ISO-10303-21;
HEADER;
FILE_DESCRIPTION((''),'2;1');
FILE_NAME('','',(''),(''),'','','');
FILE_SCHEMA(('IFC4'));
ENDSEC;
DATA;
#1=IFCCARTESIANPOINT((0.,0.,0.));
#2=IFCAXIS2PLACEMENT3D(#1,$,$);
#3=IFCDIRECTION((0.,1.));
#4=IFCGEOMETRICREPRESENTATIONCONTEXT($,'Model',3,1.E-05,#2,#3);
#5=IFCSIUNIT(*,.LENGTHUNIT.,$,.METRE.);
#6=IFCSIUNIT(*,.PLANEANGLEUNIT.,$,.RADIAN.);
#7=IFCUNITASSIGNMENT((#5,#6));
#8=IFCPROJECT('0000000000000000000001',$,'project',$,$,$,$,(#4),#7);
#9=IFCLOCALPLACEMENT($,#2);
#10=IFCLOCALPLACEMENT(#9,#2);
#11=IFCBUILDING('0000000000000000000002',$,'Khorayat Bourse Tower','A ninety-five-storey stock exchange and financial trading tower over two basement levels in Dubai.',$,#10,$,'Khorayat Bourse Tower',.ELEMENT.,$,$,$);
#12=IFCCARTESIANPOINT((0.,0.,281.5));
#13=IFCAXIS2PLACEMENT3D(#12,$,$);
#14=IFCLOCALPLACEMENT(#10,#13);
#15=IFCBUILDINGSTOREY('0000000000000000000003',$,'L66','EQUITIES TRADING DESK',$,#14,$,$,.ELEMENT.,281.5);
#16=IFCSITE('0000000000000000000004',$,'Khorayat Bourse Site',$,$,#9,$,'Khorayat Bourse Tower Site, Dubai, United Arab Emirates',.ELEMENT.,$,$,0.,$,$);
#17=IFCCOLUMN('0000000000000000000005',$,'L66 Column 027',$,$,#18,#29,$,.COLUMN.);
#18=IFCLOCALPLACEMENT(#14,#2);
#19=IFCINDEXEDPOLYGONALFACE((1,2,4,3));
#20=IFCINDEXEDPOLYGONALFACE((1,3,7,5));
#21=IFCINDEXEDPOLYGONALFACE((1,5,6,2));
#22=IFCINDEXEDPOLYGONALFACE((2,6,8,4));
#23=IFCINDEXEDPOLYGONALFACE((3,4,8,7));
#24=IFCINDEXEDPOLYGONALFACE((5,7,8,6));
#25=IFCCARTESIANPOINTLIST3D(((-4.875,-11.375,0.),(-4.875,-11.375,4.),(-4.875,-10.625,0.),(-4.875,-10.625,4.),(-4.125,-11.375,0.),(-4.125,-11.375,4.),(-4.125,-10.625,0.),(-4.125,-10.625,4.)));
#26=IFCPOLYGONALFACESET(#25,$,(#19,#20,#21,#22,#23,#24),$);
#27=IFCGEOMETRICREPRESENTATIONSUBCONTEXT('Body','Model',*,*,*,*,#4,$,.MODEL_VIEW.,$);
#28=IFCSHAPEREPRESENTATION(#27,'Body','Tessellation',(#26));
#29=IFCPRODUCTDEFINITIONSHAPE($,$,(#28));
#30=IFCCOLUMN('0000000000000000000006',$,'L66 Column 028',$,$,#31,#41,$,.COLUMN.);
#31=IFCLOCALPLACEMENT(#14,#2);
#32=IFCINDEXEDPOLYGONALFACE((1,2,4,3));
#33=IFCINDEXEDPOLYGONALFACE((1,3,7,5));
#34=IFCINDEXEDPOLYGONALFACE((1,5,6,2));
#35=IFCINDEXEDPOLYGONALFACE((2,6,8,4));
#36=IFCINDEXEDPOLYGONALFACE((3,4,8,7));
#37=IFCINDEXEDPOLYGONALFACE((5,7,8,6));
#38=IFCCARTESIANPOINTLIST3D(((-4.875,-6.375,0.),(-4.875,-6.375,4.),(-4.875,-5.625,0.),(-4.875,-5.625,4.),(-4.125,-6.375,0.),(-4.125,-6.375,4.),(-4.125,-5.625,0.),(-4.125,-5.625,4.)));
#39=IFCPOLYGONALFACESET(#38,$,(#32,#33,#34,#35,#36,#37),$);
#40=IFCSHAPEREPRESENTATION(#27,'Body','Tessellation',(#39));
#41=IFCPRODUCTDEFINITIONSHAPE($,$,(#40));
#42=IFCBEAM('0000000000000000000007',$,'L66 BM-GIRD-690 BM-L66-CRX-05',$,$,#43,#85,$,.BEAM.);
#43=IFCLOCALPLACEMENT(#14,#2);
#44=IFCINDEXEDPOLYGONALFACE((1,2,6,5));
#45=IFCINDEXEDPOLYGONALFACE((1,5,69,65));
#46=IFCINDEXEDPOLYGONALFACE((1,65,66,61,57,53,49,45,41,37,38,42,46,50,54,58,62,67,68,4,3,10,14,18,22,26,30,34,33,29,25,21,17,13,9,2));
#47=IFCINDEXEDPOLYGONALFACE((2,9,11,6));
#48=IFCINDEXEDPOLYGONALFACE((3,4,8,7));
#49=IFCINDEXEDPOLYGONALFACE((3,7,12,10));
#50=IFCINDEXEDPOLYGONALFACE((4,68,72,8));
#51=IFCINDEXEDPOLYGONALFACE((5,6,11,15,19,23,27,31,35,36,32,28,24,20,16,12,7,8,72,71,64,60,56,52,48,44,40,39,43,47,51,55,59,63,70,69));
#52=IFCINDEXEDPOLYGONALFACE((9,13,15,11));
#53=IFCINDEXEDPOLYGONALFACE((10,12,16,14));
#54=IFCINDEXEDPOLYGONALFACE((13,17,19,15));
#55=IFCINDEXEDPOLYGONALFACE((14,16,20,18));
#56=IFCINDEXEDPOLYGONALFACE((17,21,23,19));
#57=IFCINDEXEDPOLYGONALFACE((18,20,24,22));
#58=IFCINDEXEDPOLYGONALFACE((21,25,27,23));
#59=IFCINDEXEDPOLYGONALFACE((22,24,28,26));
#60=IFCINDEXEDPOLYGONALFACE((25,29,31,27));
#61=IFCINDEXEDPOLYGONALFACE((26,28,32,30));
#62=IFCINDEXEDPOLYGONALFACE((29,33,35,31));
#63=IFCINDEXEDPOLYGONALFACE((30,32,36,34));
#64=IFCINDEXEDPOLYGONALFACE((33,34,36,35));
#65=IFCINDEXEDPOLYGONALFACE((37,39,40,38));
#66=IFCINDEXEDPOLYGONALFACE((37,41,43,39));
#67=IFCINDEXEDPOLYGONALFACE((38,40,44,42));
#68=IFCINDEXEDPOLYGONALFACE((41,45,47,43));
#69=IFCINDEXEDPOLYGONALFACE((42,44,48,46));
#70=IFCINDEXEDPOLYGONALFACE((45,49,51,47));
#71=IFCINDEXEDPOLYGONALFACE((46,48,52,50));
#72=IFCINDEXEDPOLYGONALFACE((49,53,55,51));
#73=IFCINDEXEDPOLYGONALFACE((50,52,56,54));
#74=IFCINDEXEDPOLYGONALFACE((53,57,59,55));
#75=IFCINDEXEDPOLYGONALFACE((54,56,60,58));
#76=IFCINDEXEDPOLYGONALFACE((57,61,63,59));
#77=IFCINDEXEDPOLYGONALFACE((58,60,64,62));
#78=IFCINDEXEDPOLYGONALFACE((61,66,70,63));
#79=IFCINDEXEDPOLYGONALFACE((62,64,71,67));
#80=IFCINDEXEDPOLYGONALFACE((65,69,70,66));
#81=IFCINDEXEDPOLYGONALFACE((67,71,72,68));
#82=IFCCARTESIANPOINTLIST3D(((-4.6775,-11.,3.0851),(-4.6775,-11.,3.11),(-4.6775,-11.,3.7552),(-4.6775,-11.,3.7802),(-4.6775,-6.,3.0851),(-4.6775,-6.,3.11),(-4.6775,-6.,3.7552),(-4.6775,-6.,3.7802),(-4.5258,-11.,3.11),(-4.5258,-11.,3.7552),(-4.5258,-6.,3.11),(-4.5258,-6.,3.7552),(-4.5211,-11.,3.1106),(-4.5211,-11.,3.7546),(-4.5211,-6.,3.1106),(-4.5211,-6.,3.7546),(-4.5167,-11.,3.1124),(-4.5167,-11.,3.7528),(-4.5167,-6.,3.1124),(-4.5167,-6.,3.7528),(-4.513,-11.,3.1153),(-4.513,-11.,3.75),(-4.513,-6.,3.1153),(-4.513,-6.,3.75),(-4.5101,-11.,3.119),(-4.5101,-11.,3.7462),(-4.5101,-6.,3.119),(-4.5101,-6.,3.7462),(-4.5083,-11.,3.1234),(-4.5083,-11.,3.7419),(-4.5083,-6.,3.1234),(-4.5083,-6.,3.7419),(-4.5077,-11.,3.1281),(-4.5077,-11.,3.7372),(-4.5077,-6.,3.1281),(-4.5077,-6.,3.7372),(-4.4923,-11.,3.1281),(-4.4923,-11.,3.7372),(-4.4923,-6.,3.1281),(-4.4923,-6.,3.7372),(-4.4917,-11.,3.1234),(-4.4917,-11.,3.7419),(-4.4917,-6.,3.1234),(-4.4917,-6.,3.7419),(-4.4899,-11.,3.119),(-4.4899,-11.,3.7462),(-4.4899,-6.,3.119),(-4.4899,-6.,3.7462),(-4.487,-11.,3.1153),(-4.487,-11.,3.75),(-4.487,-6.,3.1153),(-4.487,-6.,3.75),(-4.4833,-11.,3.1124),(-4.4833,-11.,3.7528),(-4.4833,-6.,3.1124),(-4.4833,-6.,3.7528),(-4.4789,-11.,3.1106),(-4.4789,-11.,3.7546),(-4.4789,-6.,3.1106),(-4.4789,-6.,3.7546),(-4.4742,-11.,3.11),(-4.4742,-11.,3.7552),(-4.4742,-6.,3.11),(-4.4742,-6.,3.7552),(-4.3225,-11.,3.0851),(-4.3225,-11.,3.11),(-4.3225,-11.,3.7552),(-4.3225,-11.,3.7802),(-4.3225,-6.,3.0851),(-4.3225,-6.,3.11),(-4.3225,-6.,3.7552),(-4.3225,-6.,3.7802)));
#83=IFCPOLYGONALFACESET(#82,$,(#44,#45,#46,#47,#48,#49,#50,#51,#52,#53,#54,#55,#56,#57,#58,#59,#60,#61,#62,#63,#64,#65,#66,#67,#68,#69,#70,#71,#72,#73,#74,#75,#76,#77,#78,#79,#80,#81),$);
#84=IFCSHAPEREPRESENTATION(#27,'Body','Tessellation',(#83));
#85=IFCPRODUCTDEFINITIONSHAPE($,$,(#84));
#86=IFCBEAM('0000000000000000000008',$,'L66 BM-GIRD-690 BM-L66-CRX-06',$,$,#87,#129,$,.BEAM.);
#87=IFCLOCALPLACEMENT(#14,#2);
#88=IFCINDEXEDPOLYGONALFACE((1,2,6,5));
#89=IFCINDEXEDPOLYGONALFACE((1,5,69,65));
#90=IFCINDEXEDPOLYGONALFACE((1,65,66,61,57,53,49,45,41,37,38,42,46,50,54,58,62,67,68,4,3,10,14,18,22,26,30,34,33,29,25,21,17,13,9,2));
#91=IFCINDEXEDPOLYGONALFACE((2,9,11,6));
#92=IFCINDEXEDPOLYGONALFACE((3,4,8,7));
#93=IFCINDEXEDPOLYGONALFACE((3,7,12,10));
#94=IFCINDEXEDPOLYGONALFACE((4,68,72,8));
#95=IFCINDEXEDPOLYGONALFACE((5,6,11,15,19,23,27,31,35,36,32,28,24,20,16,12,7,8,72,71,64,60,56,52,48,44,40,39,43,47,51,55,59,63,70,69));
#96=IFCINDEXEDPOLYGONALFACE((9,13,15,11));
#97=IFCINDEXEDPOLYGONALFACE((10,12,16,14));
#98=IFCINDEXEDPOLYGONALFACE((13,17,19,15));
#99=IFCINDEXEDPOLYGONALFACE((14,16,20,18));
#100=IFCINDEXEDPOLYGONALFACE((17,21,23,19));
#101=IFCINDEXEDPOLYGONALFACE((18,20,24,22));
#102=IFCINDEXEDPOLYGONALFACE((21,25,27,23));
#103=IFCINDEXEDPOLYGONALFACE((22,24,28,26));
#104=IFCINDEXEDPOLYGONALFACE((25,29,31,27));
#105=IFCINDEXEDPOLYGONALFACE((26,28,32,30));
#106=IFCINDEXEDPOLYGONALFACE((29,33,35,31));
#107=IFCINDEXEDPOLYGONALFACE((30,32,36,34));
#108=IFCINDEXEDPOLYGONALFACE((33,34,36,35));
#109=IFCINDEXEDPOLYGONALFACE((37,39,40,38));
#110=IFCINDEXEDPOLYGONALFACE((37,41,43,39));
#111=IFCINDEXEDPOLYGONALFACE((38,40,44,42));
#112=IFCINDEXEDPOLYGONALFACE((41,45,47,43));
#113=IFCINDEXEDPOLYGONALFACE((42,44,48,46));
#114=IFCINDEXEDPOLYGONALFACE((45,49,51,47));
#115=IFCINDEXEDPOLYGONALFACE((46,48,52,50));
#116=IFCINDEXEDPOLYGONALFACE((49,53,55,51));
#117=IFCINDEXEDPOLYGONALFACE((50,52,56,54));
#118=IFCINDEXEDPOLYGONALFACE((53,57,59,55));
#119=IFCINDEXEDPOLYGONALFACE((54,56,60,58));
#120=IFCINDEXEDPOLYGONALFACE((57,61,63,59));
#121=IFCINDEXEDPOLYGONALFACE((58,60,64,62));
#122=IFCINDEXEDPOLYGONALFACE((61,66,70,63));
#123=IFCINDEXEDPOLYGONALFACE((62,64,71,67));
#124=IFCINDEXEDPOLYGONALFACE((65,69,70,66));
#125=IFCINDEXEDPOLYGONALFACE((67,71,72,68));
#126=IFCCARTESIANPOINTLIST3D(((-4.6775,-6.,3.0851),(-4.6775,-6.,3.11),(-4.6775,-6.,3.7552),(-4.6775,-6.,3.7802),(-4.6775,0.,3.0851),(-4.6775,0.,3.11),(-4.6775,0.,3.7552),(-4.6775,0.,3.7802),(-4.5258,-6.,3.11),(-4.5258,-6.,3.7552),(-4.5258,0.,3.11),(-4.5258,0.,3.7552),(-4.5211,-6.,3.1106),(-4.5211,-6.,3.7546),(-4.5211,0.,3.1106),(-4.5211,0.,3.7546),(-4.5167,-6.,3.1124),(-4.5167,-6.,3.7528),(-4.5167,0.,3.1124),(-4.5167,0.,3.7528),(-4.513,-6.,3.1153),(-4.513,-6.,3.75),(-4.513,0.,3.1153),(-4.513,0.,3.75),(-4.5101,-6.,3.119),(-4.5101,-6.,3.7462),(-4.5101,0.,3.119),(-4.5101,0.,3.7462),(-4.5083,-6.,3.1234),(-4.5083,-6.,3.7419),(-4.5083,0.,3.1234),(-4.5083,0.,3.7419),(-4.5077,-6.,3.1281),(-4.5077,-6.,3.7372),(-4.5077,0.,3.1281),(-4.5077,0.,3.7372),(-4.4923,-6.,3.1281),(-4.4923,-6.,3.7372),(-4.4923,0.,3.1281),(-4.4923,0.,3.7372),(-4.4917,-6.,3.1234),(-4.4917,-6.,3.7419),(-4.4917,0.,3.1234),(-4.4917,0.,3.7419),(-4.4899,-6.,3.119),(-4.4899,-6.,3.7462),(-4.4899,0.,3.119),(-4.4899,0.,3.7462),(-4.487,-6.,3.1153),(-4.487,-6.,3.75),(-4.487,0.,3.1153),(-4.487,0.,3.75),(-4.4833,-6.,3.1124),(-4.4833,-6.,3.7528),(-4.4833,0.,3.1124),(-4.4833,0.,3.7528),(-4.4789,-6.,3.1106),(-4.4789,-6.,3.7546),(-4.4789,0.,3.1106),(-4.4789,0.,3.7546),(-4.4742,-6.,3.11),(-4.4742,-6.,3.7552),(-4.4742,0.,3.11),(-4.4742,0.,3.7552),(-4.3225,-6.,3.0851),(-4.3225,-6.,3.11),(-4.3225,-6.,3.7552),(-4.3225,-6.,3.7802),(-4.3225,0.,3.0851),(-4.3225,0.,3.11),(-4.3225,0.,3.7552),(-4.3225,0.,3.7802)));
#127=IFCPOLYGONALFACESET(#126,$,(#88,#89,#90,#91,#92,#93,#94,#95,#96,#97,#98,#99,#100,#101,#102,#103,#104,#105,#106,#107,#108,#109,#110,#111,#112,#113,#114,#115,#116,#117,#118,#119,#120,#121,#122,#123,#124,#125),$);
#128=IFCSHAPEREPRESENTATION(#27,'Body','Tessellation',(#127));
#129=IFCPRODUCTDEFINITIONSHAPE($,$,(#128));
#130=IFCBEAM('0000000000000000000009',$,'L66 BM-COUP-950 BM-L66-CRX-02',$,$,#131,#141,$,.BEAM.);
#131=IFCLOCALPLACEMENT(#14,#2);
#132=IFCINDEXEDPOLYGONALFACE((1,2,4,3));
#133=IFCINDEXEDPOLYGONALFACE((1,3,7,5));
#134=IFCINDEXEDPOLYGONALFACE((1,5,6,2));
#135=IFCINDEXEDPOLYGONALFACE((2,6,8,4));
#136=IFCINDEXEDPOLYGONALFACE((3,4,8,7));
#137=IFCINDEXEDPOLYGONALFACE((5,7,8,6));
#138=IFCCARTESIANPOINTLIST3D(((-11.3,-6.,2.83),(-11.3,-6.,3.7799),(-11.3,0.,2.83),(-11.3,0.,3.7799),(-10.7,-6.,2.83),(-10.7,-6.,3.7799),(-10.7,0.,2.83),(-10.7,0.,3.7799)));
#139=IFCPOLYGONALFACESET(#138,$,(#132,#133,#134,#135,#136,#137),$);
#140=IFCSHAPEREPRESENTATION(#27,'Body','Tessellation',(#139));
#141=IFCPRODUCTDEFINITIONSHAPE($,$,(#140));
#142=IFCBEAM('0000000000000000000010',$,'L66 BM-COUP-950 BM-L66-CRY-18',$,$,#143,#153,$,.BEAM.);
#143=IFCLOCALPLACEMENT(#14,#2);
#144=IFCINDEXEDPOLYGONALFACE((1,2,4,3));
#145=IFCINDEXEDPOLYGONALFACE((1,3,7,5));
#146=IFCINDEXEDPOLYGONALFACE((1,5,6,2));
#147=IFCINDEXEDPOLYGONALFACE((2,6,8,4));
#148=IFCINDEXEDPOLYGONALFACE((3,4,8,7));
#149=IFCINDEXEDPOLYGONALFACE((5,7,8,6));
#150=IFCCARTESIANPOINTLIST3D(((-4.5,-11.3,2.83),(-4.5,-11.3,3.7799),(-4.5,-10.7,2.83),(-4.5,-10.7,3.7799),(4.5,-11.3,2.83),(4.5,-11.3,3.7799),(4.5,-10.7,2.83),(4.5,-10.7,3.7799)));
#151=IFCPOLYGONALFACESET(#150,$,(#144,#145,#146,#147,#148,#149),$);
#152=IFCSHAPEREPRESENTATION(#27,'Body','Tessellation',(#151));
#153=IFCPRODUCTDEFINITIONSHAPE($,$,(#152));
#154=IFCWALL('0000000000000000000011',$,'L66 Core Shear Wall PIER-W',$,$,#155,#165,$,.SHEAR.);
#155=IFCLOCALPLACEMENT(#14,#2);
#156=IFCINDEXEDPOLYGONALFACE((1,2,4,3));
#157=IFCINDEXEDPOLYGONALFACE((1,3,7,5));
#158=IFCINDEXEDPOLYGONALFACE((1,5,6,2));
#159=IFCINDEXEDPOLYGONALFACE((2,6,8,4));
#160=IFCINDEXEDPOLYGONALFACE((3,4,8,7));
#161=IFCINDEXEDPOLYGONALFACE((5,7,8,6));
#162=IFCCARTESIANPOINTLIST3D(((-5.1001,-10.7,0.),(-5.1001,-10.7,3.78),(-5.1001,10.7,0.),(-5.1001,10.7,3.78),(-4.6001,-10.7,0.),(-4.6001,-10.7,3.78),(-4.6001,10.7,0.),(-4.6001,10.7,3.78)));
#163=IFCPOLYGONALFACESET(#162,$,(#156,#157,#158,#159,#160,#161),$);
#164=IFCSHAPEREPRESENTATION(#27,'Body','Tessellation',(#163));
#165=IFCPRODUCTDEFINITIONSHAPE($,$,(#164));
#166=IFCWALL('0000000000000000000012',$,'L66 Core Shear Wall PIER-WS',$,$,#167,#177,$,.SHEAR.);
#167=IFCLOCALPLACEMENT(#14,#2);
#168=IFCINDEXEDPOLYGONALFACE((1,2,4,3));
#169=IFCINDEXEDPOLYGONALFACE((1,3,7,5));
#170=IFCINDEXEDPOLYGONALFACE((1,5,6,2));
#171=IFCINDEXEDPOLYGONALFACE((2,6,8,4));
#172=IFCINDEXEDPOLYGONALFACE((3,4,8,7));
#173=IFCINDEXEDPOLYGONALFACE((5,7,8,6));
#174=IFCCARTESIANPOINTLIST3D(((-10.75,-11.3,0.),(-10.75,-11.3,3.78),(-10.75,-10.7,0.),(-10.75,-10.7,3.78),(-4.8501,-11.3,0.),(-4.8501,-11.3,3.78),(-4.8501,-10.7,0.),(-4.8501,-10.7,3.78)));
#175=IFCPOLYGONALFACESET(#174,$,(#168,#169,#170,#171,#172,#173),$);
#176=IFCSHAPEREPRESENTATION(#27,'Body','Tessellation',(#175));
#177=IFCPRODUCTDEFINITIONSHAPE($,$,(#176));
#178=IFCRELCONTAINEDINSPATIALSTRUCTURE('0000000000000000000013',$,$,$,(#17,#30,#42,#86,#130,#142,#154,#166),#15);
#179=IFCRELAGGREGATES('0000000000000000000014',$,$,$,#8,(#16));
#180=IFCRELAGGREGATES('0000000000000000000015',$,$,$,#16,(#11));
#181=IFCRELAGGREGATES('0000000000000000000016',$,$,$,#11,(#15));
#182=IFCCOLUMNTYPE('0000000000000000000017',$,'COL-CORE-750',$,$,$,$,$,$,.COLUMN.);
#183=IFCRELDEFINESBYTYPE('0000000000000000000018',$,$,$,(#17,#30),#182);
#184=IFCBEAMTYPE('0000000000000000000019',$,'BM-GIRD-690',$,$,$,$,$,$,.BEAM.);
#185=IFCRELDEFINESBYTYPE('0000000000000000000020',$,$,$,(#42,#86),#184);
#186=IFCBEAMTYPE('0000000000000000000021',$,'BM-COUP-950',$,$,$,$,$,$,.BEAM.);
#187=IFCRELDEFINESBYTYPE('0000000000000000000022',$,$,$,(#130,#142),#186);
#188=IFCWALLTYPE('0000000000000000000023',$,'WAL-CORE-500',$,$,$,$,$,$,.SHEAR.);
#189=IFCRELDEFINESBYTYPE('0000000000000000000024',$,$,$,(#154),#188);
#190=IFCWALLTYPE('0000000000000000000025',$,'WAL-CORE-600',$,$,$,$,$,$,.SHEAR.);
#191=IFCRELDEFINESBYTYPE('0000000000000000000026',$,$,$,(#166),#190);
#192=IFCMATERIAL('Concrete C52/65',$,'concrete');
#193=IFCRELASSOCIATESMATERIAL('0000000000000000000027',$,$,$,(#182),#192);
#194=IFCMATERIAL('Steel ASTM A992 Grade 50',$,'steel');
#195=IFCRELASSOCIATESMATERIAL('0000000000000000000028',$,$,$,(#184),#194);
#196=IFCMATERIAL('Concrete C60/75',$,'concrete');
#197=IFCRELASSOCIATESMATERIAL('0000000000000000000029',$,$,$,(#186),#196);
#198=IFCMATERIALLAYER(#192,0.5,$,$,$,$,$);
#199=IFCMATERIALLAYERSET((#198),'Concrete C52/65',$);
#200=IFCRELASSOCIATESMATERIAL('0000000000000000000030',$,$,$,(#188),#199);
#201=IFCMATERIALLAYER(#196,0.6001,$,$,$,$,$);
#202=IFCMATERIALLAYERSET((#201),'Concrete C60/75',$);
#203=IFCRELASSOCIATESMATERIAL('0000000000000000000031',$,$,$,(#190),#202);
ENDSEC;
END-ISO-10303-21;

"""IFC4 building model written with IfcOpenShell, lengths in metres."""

from ifc_helpers import new_model, si_unit, direction, frame, frame_2d, origin, origin_2d, place, context, subcontext, project, spatial, rectangle, i_section, extrude, source, transform, mapped, material, layer, layer_set, material_profile, profile_set, type_object, element, save


model = new_model("IFC4")

# Units and contexts
model_context = context("Model", 3, precision=1e-05, world=origin(), true_north=direction((0.0, 1.0)))
body_context = subcontext(model_context, "Body", "Model", "MODEL_VIEW")
ifc_project = project(units=[si_unit("LENGTHUNIT", "METRE"), si_unit("PLANEANGLEUNIT", "RADIAN")], contexts=[model_context])

# Site, building, storey
site_placement = place(None, origin())
site = spatial("IfcSite", under=ifc_project, at=site_placement, Name="Khorayat Bourse Site", LongName="Khorayat Bourse Tower Site, Dubai, United Arab Emirates", CompositionType="ELEMENT", RefElevation=0.0)
building_placement = place(site_placement, origin())
building = spatial("IfcBuilding", under=site, at=building_placement, Name="Khorayat Bourse Tower", Description="A ninety-five-storey stock exchange and financial trading tower over two basement levels in Dubai.", LongName="Khorayat Bourse Tower", CompositionType="ELEMENT")
storey_placement = place(building_placement, frame((0.0, 0.0, 281.5)))
storey = spatial("IfcBuildingStorey", under=building, at=storey_placement, Name="L66", Description="EQUITIES TRADING DESK", CompositionType="ELEMENT", Elevation=281.5)

# Columns
ifc_material_1 = material(Name="Concrete C52/65", Category="concrete")
ifc_material_profile_1 = material_profile(ifc_material_1, rectangle(XDim=0.75, YDim=0.75, at=origin_2d()), Name="RC 750x750")
ifc_profile_set_1 = profile_set([ifc_material_profile_1], Name="Concrete C52/65")
column_type = type_object("IfcColumnType", Name="COL-CORE-750", PredefinedType="COLUMN", material=ifc_profile_set_1)
shared_shape_1 = source(origin(), body_context, "Body", "SweptSolid", [
    extrude(rectangle(XDim=0.75, YDim=0.75, at=origin_2d()), origin(), (0.0, 0.0, 1.0), 4.0),
])
for number, where, z_axis, x_axis, name in (
    (1, (-4.5, -11.0, 0.0), (0.0, 0.0, 1.0), (1.0, 0.0, 0.0), "L66 Column 027"),
    (2, (-4.5, -6.0, 0.0), (0.0, 0.0, 1.0), (1.0, 0.0, 0.0), "L66 Column 028"),
):
    element("IfcColumn", number, at=place(storey_placement, frame(where, z_axis=z_axis, x_axis=x_axis)), inside=storey, type_object=column_type, Name=name, PredefinedType="COLUMN", context=body_context, shape_type="MappedRepresentation", body=[
        mapped(shared_shape_1, transform((0.0, 0.0, 0.0), scale=1.0)),
    ])

# Beams
ifc_material_2 = material(Name="Steel ASTM A992 Grade 50", Category="steel")
ifc_material_profile_2 = material_profile(ifc_material_2, i_section(OverallWidth=0.355, OverallDepth=0.6951, WebThickness=0.0154, FlangeThickness=0.0249, FilletRadius=0.0181, at=origin_2d()), Name="W690X217")
ifc_profile_set_2 = profile_set([ifc_material_profile_2], Name="Steel ASTM A992 Grade 50")
beam_type_1 = type_object("IfcBeamType", Name="BM-GIRD-690", PredefinedType="BEAM", material=ifc_profile_set_2)
shared_shape_2 = source(origin(), body_context, "Body", "SweptSolid", [
    extrude(i_section(OverallWidth=0.355, OverallDepth=0.6951, WebThickness=0.0154, FlangeThickness=0.0249, FilletRadius=0.0181, at=origin_2d()), origin(), (0.0, 0.0, 1.0), 5.0),
])
beam_1_placement = place(storey_placement, frame((-4.5, -11.0, 3.4326), z_axis=(0.0, 1.0, 0.0), x_axis=(-1.0, 0.0, 0.0)))
element("IfcBeam", 3, at=beam_1_placement, inside=storey, type_object=beam_type_1, Name="L66 BM-GIRD-690 BM-L66-CRX-05", PredefinedType="BEAM", context=body_context, shape_type="MappedRepresentation", body=[
    mapped(shared_shape_2, transform((0.0, 0.0, 0.0), scale=1.0)),
])
shared_shape_3 = source(origin(), body_context, "Body", "SweptSolid", [
    extrude(i_section(OverallWidth=0.355, OverallDepth=0.6951, WebThickness=0.0154, FlangeThickness=0.0249, FilletRadius=0.0181, at=origin_2d()), origin(), (0.0, 0.0, 1.0), 6.0),
])
beam_2_placement = place(storey_placement, frame((-4.5, -6.0, 3.4326), z_axis=(0.0, 1.0, 0.0), x_axis=(-1.0, 0.0, 0.0)))
element("IfcBeam", 4, at=beam_2_placement, inside=storey, type_object=beam_type_1, Name="L66 BM-GIRD-690 BM-L66-CRX-06", PredefinedType="BEAM", context=body_context, shape_type="MappedRepresentation", body=[
    mapped(shared_shape_3, transform((0.0, 0.0, 0.0), scale=1.0)),
])
ifc_material_3 = material(Name="Concrete C60/75", Category="concrete")
ifc_material_profile_3 = material_profile(ifc_material_3, rectangle(XDim=0.6001, YDim=0.95, at=origin_2d()), Name="RC 600x950")
ifc_profile_set_3 = profile_set([ifc_material_profile_3], Name="Concrete C60/75")
beam_type_2 = type_object("IfcBeamType", Name="BM-COUP-950", PredefinedType="BEAM", material=ifc_profile_set_3)
shared_shape_4 = source(origin(), body_context, "Body", "SweptSolid", [
    extrude(rectangle(XDim=0.6001, YDim=0.95, at=origin_2d()), origin(), (0.0, 0.0, 1.0), 6.0),
])
beam_3_placement = place(storey_placement, frame((-11.0, -6.0, 3.3049), z_axis=(0.0, 1.0, 0.0), x_axis=(-1.0, 0.0, 0.0)))
element("IfcBeam", 5, at=beam_3_placement, inside=storey, type_object=beam_type_2, Name="L66 BM-COUP-950 BM-L66-CRX-02", PredefinedType="BEAM", context=body_context, shape_type="MappedRepresentation", body=[
    mapped(shared_shape_4, transform((0.0, 0.0, 0.0), scale=1.0)),
])
shared_shape_5 = source(origin(), body_context, "Body", "SweptSolid", [
    extrude(rectangle(XDim=0.6001, YDim=0.95, at=origin_2d()), origin(), (0.0, 0.0, 1.0), 9.0),
])
beam_4_placement = place(storey_placement, frame((-4.5, -11.0, 3.3049), z_axis=(1.0, 0.0, 0.0), x_axis=(0.0, 1.0, 0.0)))
element("IfcBeam", 6, at=beam_4_placement, inside=storey, type_object=beam_type_2, Name="L66 BM-COUP-950 BM-L66-CRY-18", PredefinedType="BEAM", context=body_context, shape_type="MappedRepresentation", body=[
    mapped(shared_shape_5, transform((0.0, 0.0, 0.0), scale=1.0)),
])

# Walls
ifc_layer_1 = layer(ifc_material_1, 0.5)
ifc_layer_set_1 = layer_set([ifc_layer_1], Name="Concrete C52/65")
wall_type_1 = type_object("IfcWallType", Name="WAL-CORE-500", PredefinedType="SHEAR", material=ifc_layer_set_1)
shared_shape_6 = source(origin(), body_context, "Body", "SweptSolid", [
    extrude(rectangle(XDim=21.3999, YDim=0.5, at=frame_2d((10.7, 0.0))), origin(), (0.0, 0.0, 1.0), 3.78),
])
wall_1_placement = place(storey_placement, frame((-4.8501, -10.7, 0.0), z_axis=(0.0, 0.0, 1.0), x_axis=(0.0, 1.0, 0.0)))
element("IfcWall", 7, at=wall_1_placement, inside=storey, type_object=wall_type_1, Name="L66 Core Shear Wall PIER-W", PredefinedType="SHEAR", context=body_context, shape_type="MappedRepresentation", body=[
    mapped(shared_shape_6, transform((0.0, 0.0, 0.0), scale=1.0)),
])
ifc_layer_2 = layer(ifc_material_3, 0.6001)
ifc_layer_set_2 = layer_set([ifc_layer_2], Name="Concrete C60/75")
wall_type_2 = type_object("IfcWallType", Name="WAL-CORE-600", PredefinedType="SHEAR", material=ifc_layer_set_2)
shared_shape_7 = source(origin(), body_context, "Body", "SweptSolid", [
    extrude(rectangle(XDim=5.8999, YDim=0.6001, at=frame_2d((2.95, 0.0))), origin(), (0.0, 0.0, 1.0), 3.78),
])
wall_2_placement = place(storey_placement, frame((-10.75, -11.0, 0.0), z_axis=(0.0, 0.0, 1.0), x_axis=(1.0, 0.0, 0.0)))
element("IfcWall", 8, at=wall_2_placement, inside=storey, type_object=wall_type_2, Name="L66 Core Shear Wall PIER-WS", PredefinedType="SHEAR", context=body_context, shape_type="MappedRepresentation", body=[
    mapped(shared_shape_7, transform((0.0, 0.0, 0.0), scale=1.0)),
])

save(model, "model.ifc")
